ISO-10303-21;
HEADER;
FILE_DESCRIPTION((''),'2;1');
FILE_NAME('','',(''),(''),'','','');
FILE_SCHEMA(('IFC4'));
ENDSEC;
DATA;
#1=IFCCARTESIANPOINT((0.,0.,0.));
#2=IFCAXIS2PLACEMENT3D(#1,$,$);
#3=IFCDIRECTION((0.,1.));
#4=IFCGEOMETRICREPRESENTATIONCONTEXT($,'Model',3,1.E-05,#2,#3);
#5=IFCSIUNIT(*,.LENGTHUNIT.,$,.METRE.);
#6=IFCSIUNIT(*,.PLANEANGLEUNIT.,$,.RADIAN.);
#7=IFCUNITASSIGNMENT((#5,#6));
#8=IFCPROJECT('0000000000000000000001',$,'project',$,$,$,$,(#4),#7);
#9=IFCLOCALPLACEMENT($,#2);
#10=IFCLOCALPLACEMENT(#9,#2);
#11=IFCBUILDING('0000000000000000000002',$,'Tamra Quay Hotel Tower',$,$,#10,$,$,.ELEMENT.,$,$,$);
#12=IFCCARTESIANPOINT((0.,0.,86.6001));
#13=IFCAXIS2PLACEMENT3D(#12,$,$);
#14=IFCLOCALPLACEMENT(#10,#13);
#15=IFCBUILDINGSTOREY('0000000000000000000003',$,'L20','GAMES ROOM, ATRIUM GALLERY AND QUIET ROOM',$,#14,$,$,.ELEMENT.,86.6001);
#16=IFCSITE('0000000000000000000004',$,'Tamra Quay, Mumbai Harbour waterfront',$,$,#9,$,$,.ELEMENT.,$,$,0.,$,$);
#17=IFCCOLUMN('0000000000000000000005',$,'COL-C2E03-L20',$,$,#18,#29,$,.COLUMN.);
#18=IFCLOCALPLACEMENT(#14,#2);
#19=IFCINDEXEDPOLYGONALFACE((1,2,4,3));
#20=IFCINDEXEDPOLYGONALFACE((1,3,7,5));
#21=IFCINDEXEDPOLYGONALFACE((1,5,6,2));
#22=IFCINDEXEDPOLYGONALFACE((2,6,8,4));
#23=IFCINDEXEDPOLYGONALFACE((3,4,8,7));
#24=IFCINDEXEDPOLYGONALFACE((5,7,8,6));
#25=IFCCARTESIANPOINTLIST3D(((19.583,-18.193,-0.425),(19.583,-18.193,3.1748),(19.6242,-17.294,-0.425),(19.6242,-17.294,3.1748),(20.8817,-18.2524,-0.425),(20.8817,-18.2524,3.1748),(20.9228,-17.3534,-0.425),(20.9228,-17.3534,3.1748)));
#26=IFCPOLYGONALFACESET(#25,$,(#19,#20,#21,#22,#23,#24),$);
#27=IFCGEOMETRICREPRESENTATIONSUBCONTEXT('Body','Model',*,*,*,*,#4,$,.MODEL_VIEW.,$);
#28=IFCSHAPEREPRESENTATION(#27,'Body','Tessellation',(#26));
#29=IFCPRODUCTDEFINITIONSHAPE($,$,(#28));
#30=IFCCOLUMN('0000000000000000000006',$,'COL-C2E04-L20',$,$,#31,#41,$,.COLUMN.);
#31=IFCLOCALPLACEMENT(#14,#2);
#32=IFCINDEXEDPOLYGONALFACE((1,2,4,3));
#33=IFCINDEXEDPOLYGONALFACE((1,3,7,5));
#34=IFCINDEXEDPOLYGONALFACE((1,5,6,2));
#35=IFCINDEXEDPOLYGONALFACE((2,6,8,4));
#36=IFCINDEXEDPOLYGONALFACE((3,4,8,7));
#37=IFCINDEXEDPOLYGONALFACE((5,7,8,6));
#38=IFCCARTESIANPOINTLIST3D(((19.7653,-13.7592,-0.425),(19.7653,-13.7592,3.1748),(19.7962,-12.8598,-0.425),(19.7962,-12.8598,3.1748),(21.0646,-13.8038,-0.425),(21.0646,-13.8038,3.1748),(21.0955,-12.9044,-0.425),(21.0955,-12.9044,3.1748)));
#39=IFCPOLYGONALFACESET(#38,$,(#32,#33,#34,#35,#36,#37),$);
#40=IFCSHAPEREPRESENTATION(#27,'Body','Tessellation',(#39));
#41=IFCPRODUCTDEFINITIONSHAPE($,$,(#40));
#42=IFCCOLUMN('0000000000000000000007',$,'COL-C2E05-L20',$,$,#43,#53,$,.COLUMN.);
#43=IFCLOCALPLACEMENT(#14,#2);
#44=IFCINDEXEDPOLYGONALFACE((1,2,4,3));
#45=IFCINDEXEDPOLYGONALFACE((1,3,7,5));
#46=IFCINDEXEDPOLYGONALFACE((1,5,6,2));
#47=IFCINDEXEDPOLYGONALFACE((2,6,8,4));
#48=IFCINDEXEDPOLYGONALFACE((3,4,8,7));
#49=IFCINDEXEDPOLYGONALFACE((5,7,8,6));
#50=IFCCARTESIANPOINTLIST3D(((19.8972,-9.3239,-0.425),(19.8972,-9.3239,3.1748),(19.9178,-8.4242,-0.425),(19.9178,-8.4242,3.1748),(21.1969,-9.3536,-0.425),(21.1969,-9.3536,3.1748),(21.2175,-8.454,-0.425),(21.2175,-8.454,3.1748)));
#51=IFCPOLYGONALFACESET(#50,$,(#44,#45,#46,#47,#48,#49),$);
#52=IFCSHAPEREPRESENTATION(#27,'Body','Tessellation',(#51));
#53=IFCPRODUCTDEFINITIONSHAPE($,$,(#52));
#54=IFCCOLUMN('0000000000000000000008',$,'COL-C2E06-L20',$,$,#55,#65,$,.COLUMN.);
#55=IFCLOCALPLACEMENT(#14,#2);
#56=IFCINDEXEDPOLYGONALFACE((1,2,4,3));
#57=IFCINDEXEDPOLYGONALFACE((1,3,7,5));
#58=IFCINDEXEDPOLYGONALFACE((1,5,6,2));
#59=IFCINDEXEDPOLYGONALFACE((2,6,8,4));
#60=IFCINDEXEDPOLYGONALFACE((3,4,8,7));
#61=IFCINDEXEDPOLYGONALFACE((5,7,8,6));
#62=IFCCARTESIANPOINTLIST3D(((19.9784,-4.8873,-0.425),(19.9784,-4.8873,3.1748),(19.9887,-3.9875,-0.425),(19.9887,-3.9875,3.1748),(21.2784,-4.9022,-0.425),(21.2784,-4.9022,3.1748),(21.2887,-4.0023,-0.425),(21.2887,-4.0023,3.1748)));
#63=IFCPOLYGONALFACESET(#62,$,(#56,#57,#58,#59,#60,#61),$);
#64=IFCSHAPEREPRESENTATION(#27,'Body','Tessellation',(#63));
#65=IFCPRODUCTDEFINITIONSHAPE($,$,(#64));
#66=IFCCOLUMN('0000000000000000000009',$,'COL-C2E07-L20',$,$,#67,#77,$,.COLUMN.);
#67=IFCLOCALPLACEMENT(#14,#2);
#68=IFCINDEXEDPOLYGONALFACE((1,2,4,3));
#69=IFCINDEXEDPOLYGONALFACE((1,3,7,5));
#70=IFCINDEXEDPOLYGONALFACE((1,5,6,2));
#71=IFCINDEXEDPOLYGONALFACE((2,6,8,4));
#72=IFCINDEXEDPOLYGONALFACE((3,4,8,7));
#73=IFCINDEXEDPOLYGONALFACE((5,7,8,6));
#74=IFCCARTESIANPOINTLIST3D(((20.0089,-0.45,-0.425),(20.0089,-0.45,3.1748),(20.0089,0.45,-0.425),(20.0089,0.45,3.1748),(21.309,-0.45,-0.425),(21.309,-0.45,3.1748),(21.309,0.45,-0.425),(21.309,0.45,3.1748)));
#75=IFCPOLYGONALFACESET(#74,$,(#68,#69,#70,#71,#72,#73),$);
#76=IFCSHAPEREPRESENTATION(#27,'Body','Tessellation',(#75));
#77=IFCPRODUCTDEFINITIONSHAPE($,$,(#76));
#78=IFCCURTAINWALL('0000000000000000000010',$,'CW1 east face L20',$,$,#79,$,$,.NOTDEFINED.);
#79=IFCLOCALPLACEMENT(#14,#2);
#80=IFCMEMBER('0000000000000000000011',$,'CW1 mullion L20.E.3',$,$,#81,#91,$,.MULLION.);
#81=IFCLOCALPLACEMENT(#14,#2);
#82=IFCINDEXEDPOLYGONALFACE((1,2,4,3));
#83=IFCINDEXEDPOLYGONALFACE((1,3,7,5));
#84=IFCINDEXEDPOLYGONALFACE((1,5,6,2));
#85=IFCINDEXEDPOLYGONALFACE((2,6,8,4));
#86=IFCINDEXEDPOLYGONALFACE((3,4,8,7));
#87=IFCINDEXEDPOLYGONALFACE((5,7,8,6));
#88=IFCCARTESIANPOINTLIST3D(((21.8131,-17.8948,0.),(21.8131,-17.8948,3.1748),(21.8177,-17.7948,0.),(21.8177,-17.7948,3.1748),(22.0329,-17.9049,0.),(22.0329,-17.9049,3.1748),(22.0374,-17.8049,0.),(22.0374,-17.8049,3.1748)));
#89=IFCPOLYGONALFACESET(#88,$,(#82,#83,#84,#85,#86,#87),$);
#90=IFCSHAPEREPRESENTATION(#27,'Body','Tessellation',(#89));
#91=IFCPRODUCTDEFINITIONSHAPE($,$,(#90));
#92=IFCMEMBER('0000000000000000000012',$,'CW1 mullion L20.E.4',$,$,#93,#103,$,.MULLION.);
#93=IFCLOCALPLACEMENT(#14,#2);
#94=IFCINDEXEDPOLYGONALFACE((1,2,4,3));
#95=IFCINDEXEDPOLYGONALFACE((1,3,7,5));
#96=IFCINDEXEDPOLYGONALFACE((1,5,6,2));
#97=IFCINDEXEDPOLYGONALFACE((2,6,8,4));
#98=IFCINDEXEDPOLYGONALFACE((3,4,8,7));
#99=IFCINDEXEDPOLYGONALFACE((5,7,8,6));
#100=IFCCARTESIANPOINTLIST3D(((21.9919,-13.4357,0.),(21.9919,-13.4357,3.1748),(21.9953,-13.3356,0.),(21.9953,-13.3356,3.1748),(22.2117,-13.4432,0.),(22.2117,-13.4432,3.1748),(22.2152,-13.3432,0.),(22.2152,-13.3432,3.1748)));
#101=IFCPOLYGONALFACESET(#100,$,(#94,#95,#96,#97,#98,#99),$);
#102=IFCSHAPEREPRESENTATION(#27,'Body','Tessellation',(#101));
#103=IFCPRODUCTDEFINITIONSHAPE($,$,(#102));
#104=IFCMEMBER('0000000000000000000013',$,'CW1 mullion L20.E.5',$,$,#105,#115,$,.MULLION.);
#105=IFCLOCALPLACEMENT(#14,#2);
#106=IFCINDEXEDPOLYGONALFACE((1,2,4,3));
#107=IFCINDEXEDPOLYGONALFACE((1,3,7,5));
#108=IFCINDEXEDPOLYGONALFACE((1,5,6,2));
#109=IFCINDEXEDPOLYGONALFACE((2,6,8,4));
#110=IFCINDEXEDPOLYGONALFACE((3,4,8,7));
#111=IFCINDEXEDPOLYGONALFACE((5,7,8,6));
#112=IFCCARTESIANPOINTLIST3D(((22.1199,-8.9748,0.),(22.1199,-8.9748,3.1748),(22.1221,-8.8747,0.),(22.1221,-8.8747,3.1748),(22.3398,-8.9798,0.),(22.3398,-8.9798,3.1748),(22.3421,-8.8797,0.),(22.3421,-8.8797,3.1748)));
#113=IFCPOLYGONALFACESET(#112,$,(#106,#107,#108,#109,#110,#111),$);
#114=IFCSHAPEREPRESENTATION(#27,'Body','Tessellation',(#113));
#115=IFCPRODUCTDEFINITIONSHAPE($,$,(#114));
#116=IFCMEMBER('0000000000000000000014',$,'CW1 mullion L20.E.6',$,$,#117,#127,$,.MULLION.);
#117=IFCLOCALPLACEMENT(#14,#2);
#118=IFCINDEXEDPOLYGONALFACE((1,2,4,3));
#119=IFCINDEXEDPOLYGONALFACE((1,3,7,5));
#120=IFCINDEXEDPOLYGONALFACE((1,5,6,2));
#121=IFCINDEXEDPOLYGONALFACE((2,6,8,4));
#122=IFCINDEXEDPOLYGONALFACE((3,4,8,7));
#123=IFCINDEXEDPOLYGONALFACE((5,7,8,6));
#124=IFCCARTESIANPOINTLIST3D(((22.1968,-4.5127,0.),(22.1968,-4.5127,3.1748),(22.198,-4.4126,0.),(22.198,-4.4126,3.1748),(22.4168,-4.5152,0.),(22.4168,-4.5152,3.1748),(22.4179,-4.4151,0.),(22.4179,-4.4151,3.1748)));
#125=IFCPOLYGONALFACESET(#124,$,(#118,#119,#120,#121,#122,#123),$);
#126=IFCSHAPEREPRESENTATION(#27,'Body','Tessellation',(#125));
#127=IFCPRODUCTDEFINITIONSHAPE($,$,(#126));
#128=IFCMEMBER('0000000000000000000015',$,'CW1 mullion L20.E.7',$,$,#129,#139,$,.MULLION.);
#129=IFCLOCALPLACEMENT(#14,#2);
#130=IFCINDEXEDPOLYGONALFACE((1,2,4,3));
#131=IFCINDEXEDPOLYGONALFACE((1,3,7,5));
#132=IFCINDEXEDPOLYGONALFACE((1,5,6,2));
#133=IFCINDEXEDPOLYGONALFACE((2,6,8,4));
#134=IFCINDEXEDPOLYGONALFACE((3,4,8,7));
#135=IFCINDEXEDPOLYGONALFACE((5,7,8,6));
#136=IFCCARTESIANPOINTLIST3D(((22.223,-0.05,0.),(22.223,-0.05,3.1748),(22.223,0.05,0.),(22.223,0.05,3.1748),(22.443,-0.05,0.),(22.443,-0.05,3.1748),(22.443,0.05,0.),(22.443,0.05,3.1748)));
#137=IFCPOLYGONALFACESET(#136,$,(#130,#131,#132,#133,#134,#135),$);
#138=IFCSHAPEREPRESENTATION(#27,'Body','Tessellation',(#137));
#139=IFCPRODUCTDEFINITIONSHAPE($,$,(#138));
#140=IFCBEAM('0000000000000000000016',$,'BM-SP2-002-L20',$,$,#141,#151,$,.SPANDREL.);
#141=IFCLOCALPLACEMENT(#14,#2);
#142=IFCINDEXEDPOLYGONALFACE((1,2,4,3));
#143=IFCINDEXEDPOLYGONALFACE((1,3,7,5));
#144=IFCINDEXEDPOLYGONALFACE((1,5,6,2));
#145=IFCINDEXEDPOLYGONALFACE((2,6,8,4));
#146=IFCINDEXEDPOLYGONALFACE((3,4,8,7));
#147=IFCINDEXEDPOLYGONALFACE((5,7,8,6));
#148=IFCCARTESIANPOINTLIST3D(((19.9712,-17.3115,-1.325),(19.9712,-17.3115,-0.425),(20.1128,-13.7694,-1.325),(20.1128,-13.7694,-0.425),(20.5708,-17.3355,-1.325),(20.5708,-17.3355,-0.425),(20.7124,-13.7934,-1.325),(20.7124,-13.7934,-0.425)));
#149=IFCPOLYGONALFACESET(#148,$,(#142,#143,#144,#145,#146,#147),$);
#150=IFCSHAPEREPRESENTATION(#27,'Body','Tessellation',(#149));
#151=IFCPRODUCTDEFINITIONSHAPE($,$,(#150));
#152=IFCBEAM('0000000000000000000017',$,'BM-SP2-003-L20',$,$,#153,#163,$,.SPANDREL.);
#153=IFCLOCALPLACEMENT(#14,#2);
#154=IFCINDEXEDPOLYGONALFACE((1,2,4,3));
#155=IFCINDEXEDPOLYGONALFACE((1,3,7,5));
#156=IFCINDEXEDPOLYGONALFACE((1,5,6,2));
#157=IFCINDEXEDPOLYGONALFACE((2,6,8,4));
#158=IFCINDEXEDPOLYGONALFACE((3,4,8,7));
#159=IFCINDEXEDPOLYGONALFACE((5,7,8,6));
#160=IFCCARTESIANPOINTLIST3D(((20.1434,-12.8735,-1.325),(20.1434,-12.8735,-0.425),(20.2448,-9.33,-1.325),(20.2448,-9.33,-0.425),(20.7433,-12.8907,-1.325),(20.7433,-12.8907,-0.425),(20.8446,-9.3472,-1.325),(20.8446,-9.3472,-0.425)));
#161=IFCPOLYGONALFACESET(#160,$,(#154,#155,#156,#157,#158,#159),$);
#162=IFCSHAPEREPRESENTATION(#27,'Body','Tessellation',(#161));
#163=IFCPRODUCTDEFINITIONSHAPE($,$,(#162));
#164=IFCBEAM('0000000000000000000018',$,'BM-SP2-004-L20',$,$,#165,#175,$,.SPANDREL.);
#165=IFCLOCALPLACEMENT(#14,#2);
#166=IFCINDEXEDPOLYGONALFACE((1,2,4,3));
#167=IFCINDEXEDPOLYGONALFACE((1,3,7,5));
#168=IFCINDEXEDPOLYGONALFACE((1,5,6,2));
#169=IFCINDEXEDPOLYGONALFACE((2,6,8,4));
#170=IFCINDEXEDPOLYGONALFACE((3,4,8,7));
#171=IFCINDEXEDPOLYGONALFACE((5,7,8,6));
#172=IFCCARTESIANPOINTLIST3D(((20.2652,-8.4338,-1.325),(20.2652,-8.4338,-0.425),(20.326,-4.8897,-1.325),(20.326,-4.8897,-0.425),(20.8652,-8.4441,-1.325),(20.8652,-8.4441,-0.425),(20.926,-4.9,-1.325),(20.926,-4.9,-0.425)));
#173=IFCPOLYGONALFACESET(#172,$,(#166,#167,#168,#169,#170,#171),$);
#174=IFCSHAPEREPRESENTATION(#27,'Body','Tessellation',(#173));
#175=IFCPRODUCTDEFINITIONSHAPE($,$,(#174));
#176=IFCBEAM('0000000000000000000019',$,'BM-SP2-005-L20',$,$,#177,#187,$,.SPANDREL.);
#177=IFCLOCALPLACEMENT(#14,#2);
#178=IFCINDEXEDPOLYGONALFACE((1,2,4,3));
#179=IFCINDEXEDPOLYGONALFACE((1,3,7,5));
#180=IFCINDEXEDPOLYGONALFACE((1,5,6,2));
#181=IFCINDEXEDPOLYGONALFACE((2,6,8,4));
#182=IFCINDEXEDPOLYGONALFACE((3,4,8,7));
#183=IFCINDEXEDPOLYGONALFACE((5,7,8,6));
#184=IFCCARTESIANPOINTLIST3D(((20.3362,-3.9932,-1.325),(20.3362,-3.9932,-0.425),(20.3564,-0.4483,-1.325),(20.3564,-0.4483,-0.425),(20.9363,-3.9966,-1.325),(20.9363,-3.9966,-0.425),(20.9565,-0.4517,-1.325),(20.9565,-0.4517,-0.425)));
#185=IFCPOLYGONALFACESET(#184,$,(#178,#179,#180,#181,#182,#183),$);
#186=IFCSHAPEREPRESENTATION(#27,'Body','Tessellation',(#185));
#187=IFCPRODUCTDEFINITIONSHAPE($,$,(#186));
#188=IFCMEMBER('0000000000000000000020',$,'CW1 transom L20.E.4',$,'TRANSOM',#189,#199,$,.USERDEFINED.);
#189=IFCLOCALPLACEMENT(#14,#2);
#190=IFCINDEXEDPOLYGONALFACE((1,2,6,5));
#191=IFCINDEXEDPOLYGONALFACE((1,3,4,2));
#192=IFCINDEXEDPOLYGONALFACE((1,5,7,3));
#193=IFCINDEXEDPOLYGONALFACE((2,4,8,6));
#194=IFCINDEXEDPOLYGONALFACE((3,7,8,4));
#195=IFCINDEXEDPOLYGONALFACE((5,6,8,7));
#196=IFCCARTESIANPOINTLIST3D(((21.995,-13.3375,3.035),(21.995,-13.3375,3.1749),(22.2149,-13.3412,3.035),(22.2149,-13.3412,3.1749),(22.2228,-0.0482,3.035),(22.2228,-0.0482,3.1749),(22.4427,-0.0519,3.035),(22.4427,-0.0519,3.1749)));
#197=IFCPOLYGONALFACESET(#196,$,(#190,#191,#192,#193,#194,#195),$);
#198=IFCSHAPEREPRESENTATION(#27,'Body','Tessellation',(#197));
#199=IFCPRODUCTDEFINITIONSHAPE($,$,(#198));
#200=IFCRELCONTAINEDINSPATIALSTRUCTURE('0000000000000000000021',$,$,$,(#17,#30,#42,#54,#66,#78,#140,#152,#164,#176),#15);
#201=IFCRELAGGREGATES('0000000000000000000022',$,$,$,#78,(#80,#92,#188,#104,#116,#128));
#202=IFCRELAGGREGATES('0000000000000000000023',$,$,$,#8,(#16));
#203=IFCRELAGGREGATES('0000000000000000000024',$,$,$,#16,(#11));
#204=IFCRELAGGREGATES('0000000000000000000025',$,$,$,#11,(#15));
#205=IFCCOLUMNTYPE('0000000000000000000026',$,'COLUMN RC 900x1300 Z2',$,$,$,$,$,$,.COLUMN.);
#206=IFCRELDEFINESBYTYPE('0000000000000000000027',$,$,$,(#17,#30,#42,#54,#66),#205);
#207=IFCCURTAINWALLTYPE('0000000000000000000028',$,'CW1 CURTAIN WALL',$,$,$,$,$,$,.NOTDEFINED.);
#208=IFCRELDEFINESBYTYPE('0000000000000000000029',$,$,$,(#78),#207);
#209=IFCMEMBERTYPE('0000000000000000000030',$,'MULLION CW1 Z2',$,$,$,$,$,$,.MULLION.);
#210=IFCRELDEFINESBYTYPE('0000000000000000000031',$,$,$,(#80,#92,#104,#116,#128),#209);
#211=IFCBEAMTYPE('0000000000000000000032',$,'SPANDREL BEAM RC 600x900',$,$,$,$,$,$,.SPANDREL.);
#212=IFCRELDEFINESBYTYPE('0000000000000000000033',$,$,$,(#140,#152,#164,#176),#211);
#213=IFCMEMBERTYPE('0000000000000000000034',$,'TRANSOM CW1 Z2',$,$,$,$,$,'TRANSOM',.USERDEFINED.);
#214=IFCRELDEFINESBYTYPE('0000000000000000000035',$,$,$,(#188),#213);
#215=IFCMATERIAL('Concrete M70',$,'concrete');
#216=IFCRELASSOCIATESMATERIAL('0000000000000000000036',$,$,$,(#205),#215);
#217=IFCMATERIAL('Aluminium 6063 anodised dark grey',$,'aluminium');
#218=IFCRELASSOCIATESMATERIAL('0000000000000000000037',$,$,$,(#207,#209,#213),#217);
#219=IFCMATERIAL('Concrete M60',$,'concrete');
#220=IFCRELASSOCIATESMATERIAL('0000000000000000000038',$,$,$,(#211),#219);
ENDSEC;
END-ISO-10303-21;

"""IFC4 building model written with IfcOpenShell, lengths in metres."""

from ifc_helpers import new_model, si_unit, direction, frame, origin, origin_2d, place, context, subcontext, project, spatial, rectangle, extrude, material, material_profile, profile_set, type_object, element, aggregate, save


model = new_model("IFC4")

# Units and contexts
model_context = context("Model", 3, precision=1e-05, world=origin(), true_north=direction((0.0, 1.0)))
body_context = subcontext(model_context, "Body", "Model", "MODEL_VIEW")
ifc_project = project(units=[si_unit("LENGTHUNIT", "METRE"), si_unit("PLANEANGLEUNIT", "RADIAN")], contexts=[model_context])

# Site, building, storey
site_placement = place(None, origin())
site = spatial("IfcSite", under=ifc_project, at=site_placement, Name="Tamra Quay, Mumbai Harbour waterfront", CompositionType="ELEMENT", RefElevation=0.0)
building_placement = place(site_placement, origin())
building = spatial("IfcBuilding", under=site, at=building_placement, Name="Tamra Quay Hotel Tower", CompositionType="ELEMENT")
storey_placement = place(building_placement, frame((0.0, 0.0, 86.6001)))
storey = spatial("IfcBuildingStorey", under=building, at=storey_placement, Name="L20", Description="GAMES ROOM, ATRIUM GALLERY AND QUIET ROOM", CompositionType="ELEMENT", Elevation=86.6001)

# Columns
ifc_material_1 = material(Name="Concrete M70", Category="concrete")
ifc_material_profile_1 = material_profile(ifc_material_1, rectangle(XDim=1.3, YDim=0.8999, at=origin_2d()), Name="COLUMN RC 900x1300 Z2")
ifc_profile_set_1 = profile_set([ifc_material_profile_1], Name="Concrete M70")
column_type = type_object("IfcColumnType", Name="COLUMN RC 900x1300 Z2", PredefinedType="COLUMN", material=ifc_profile_set_1)
for number, where, z_axis, x_axis, name in (
    (1, (20.2529, -17.7732, -0.425), (0.0, 0.0, 1.0), (-0.998955, 0.045712, 0.0), "COL-C2E03-L20"),
    (2, (20.4304, -13.3318, -0.425), (0.0, 0.0, 1.0), (-0.999412, 0.034299, 0.0), "COL-C2E04-L20"),
    (3, (20.5574, -8.8889, -0.425), (0.0, 0.0, 1.0), (-0.999738, 0.022874, 0.0), "COL-C2E05-L20"),
    (4, (20.6335, -4.4448, -0.425), (0.0, 0.0, 1.0), (-0.999935, 0.011439, 0.0), "COL-C2E06-L20"),
    (5, (20.6589, 0.0, -0.425), (0.0, 0.0, 1.0), (1.0, 0.0, 0.0), "COL-C2E07-L20"),
):
    element("IfcColumn", number, at=place(storey_placement, frame(where, z_axis=z_axis, x_axis=x_axis)), inside=storey, type_object=column_type, Name=name, PredefinedType="COLUMN", context=body_context, shape_type="SweptSolid", body=[
        extrude(rectangle(XDim=1.3, YDim=0.8999, at=origin_2d()), origin(), (0.0, 0.0, 1.0), 3.5999),
    ])

# Curtain wall, members
ifc_material_2 = material(Name="Aluminium 6063 anodised dark grey", Category="aluminium")
curtain_wall_type = type_object("IfcCurtainWallType", Name="CW1 CURTAIN WALL", PredefinedType="NOTDEFINED", material=ifc_material_2)
curtain_wall_placement = place(storey_placement, origin())
curtain_wall = element("IfcCurtainWall", 6, at=curtain_wall_placement, inside=storey, type_object=curtain_wall_type, Name="CW1 east face L20", PredefinedType="NOTDEFINED")
ifc_material_profile_2 = material_profile(ifc_material_2, rectangle(XDim=0.22, YDim=0.1001, at=origin_2d()), Name="MULLION 100X220")
ifc_profile_set_2 = profile_set([ifc_material_profile_2], Name="Aluminium 6063 anodised dark grey")
member_type_1 = type_object("IfcMemberType", Name="MULLION CW1 Z2", PredefinedType="MULLION", material=ifc_profile_set_2)
member_1_placement = place(storey_placement, frame((21.9253, -17.8499, 0.0), z_axis=(0.0, 0.0, 1.0), x_axis=(0.998958, -0.045633, 0.0)))
member_1 = element("IfcMember", 7, at=member_1_placement, type_object=member_type_1, Name="CW1 mullion L20.E.3", PredefinedType="MULLION", context=body_context, shape_type="SweptSolid", body=[
    extrude(rectangle(XDim=0.22, YDim=0.1001, at=origin_2d()), origin(), (0.0, 0.0, 1.0), 3.1748),
])
member_2_placement = place(storey_placement, frame((22.1035, -13.3894, 0.0), z_axis=(0.0, 0.0, 1.0), x_axis=(0.999413, -0.034246, 0.0)))
member_2 = element("IfcMember", 8, at=member_2_placement, type_object=member_type_1, Name="CW1 mullion L20.E.4", PredefinedType="MULLION", context=body_context, shape_type="SweptSolid", body=[
    extrude(rectangle(XDim=0.22, YDim=0.1001, at=origin_2d()), origin(), (0.0, 0.0, 1.0), 3.1748),
])
member_3_placement = place(storey_placement, frame((22.231, -8.9272, 0.0), z_axis=(0.0, 0.0, 1.0), x_axis=(0.999739, -0.02284, 0.0)))
member_3 = element("IfcMember", 9, at=member_3_placement, type_object=member_type_1, Name="CW1 mullion L20.E.5", PredefinedType="MULLION", context=body_context, shape_type="SweptSolid", body=[
    extrude(rectangle(XDim=0.22, YDim=0.1001, at=origin_2d()), origin(), (0.0, 0.0, 1.0), 3.1748),
])
member_4_placement = place(storey_placement, frame((22.3074, -4.4639, 0.0), z_axis=(0.0, 0.0, 1.0), x_axis=(0.999935, -0.011423, 0.0)))
member_4 = element("IfcMember", 10, at=member_4_placement, type_object=member_type_1, Name="CW1 mullion L20.E.6", PredefinedType="MULLION", context=body_context, shape_type="SweptSolid", body=[
    extrude(rectangle(XDim=0.22, YDim=0.1001, at=origin_2d()), origin(), (0.0, 0.0, 1.0), 3.1748),
])
member_5_placement = place(storey_placement, frame((22.333, 0.0, 0.0), z_axis=(0.0, 0.0, 1.0), x_axis=(1.0, 0.0, 0.0)))
member_5 = element("IfcMember", 11, at=member_5_placement, type_object=member_type_1, Name="CW1 mullion L20.E.7", PredefinedType="MULLION", context=body_context, shape_type="SweptSolid", body=[
    extrude(rectangle(XDim=0.22, YDim=0.1001, at=origin_2d()), origin(), (0.0, 0.0, 1.0), 3.1748),
])

# Beams
ifc_material_3 = material(Name="Concrete M60", Category="concrete")
ifc_material_profile_3 = material_profile(ifc_material_3, rectangle(XDim=0.6001, YDim=0.8999, at=origin_2d()), Name="SPANDREL BEAM RC 600x900")
ifc_profile_set_3 = profile_set([ifc_material_profile_3], Name="Concrete M60")
beam_type = type_object("IfcBeamType", Name="SPANDREL BEAM RC 600x900", PredefinedType="SPANDREL", material=ifc_profile_set_3)
for number, where, z_axis, x_axis, name in (
    (12, (20.271, -17.3235, -0.875), (0.039946, 0.999202, 0.0), (-0.999202, 0.039946, 0.0), "BM-SP2-002-L20"),
    (13, (20.4434, -12.8821, -0.875), (0.028581, 0.999591, 0.0), (-0.999591, 0.028581, 0.0), "BM-SP2-003-L20"),
):
    element("IfcBeam", number, at=place(storey_placement, frame(where, z_axis=z_axis, x_axis=x_axis)), inside=storey, type_object=beam_type, Name=name, PredefinedType="SPANDREL", context=body_context, shape_type="SweptSolid", body=[
        extrude(rectangle(XDim=0.6001, YDim=0.8999, at=origin_2d()), origin(), (0.0, 0.0, 1.0), 3.5449),
    ])
beam_1_placement = place(storey_placement, frame((20.5652, -8.439, -0.875), z_axis=(0.01715, 0.999853, 0.0), x_axis=(-0.999853, 0.01715, 0.0)))
element("IfcBeam", 14, at=beam_1_placement, inside=storey, type_object=beam_type, Name="BM-SP2-004-L20", PredefinedType="SPANDREL", context=body_context, shape_type="SweptSolid", body=[
    extrude(rectangle(XDim=0.6001, YDim=0.8999, at=origin_2d()), origin(), (0.0, 0.0, 1.0), 3.5447),
])
beam_2_placement = place(storey_placement, frame((20.6362, -3.9949, -0.875), z_axis=(0.005716, 0.999984, 0.0), x_axis=(-0.999984, 0.005716, 0.0)))
element("IfcBeam", 15, at=beam_2_placement, inside=storey, type_object=beam_type, Name="BM-SP2-005-L20", PredefinedType="SPANDREL", context=body_context, shape_type="SweptSolid", body=[
    extrude(rectangle(XDim=0.6001, YDim=0.8999, at=origin_2d()), origin(), (0.0, 0.0, 1.0), 3.5449),
])

# Member
ifc_material_profile_4 = material_profile(ifc_material_2, rectangle(XDim=0.22, YDim=0.1399, at=origin_2d()), Name="TRANSOM 220X140")
ifc_profile_set_4 = profile_set([ifc_material_profile_4], Name="Aluminium 6063 anodised dark grey")
member_type_2 = type_object("IfcMemberType", Name="TRANSOM CW1 Z2", ElementType="TRANSOM", PredefinedType="USERDEFINED", material=ifc_profile_set_4)
member_6_placement = place(storey_placement, frame((22.105, -13.3394, 3.105), z_axis=(0.017138, 0.999853, 0.0), x_axis=(-0.999853, 0.017138, 0.0)))
member_6 = element("IfcMember", 16, at=member_6_placement, type_object=member_type_2, Name="CW1 transom L20.E.4", ObjectType="TRANSOM", PredefinedType="USERDEFINED", context=body_context, shape_type="SweptSolid", body=[
    extrude(rectangle(XDim=0.22, YDim=0.1399, at=origin_2d()), origin(), (0.0, 0.0, 1.0), 13.2913),
])

aggregate(curtain_wall, [member_1, member_2, member_6, member_3, member_4, member_5])

save(model, "model.ifc")
